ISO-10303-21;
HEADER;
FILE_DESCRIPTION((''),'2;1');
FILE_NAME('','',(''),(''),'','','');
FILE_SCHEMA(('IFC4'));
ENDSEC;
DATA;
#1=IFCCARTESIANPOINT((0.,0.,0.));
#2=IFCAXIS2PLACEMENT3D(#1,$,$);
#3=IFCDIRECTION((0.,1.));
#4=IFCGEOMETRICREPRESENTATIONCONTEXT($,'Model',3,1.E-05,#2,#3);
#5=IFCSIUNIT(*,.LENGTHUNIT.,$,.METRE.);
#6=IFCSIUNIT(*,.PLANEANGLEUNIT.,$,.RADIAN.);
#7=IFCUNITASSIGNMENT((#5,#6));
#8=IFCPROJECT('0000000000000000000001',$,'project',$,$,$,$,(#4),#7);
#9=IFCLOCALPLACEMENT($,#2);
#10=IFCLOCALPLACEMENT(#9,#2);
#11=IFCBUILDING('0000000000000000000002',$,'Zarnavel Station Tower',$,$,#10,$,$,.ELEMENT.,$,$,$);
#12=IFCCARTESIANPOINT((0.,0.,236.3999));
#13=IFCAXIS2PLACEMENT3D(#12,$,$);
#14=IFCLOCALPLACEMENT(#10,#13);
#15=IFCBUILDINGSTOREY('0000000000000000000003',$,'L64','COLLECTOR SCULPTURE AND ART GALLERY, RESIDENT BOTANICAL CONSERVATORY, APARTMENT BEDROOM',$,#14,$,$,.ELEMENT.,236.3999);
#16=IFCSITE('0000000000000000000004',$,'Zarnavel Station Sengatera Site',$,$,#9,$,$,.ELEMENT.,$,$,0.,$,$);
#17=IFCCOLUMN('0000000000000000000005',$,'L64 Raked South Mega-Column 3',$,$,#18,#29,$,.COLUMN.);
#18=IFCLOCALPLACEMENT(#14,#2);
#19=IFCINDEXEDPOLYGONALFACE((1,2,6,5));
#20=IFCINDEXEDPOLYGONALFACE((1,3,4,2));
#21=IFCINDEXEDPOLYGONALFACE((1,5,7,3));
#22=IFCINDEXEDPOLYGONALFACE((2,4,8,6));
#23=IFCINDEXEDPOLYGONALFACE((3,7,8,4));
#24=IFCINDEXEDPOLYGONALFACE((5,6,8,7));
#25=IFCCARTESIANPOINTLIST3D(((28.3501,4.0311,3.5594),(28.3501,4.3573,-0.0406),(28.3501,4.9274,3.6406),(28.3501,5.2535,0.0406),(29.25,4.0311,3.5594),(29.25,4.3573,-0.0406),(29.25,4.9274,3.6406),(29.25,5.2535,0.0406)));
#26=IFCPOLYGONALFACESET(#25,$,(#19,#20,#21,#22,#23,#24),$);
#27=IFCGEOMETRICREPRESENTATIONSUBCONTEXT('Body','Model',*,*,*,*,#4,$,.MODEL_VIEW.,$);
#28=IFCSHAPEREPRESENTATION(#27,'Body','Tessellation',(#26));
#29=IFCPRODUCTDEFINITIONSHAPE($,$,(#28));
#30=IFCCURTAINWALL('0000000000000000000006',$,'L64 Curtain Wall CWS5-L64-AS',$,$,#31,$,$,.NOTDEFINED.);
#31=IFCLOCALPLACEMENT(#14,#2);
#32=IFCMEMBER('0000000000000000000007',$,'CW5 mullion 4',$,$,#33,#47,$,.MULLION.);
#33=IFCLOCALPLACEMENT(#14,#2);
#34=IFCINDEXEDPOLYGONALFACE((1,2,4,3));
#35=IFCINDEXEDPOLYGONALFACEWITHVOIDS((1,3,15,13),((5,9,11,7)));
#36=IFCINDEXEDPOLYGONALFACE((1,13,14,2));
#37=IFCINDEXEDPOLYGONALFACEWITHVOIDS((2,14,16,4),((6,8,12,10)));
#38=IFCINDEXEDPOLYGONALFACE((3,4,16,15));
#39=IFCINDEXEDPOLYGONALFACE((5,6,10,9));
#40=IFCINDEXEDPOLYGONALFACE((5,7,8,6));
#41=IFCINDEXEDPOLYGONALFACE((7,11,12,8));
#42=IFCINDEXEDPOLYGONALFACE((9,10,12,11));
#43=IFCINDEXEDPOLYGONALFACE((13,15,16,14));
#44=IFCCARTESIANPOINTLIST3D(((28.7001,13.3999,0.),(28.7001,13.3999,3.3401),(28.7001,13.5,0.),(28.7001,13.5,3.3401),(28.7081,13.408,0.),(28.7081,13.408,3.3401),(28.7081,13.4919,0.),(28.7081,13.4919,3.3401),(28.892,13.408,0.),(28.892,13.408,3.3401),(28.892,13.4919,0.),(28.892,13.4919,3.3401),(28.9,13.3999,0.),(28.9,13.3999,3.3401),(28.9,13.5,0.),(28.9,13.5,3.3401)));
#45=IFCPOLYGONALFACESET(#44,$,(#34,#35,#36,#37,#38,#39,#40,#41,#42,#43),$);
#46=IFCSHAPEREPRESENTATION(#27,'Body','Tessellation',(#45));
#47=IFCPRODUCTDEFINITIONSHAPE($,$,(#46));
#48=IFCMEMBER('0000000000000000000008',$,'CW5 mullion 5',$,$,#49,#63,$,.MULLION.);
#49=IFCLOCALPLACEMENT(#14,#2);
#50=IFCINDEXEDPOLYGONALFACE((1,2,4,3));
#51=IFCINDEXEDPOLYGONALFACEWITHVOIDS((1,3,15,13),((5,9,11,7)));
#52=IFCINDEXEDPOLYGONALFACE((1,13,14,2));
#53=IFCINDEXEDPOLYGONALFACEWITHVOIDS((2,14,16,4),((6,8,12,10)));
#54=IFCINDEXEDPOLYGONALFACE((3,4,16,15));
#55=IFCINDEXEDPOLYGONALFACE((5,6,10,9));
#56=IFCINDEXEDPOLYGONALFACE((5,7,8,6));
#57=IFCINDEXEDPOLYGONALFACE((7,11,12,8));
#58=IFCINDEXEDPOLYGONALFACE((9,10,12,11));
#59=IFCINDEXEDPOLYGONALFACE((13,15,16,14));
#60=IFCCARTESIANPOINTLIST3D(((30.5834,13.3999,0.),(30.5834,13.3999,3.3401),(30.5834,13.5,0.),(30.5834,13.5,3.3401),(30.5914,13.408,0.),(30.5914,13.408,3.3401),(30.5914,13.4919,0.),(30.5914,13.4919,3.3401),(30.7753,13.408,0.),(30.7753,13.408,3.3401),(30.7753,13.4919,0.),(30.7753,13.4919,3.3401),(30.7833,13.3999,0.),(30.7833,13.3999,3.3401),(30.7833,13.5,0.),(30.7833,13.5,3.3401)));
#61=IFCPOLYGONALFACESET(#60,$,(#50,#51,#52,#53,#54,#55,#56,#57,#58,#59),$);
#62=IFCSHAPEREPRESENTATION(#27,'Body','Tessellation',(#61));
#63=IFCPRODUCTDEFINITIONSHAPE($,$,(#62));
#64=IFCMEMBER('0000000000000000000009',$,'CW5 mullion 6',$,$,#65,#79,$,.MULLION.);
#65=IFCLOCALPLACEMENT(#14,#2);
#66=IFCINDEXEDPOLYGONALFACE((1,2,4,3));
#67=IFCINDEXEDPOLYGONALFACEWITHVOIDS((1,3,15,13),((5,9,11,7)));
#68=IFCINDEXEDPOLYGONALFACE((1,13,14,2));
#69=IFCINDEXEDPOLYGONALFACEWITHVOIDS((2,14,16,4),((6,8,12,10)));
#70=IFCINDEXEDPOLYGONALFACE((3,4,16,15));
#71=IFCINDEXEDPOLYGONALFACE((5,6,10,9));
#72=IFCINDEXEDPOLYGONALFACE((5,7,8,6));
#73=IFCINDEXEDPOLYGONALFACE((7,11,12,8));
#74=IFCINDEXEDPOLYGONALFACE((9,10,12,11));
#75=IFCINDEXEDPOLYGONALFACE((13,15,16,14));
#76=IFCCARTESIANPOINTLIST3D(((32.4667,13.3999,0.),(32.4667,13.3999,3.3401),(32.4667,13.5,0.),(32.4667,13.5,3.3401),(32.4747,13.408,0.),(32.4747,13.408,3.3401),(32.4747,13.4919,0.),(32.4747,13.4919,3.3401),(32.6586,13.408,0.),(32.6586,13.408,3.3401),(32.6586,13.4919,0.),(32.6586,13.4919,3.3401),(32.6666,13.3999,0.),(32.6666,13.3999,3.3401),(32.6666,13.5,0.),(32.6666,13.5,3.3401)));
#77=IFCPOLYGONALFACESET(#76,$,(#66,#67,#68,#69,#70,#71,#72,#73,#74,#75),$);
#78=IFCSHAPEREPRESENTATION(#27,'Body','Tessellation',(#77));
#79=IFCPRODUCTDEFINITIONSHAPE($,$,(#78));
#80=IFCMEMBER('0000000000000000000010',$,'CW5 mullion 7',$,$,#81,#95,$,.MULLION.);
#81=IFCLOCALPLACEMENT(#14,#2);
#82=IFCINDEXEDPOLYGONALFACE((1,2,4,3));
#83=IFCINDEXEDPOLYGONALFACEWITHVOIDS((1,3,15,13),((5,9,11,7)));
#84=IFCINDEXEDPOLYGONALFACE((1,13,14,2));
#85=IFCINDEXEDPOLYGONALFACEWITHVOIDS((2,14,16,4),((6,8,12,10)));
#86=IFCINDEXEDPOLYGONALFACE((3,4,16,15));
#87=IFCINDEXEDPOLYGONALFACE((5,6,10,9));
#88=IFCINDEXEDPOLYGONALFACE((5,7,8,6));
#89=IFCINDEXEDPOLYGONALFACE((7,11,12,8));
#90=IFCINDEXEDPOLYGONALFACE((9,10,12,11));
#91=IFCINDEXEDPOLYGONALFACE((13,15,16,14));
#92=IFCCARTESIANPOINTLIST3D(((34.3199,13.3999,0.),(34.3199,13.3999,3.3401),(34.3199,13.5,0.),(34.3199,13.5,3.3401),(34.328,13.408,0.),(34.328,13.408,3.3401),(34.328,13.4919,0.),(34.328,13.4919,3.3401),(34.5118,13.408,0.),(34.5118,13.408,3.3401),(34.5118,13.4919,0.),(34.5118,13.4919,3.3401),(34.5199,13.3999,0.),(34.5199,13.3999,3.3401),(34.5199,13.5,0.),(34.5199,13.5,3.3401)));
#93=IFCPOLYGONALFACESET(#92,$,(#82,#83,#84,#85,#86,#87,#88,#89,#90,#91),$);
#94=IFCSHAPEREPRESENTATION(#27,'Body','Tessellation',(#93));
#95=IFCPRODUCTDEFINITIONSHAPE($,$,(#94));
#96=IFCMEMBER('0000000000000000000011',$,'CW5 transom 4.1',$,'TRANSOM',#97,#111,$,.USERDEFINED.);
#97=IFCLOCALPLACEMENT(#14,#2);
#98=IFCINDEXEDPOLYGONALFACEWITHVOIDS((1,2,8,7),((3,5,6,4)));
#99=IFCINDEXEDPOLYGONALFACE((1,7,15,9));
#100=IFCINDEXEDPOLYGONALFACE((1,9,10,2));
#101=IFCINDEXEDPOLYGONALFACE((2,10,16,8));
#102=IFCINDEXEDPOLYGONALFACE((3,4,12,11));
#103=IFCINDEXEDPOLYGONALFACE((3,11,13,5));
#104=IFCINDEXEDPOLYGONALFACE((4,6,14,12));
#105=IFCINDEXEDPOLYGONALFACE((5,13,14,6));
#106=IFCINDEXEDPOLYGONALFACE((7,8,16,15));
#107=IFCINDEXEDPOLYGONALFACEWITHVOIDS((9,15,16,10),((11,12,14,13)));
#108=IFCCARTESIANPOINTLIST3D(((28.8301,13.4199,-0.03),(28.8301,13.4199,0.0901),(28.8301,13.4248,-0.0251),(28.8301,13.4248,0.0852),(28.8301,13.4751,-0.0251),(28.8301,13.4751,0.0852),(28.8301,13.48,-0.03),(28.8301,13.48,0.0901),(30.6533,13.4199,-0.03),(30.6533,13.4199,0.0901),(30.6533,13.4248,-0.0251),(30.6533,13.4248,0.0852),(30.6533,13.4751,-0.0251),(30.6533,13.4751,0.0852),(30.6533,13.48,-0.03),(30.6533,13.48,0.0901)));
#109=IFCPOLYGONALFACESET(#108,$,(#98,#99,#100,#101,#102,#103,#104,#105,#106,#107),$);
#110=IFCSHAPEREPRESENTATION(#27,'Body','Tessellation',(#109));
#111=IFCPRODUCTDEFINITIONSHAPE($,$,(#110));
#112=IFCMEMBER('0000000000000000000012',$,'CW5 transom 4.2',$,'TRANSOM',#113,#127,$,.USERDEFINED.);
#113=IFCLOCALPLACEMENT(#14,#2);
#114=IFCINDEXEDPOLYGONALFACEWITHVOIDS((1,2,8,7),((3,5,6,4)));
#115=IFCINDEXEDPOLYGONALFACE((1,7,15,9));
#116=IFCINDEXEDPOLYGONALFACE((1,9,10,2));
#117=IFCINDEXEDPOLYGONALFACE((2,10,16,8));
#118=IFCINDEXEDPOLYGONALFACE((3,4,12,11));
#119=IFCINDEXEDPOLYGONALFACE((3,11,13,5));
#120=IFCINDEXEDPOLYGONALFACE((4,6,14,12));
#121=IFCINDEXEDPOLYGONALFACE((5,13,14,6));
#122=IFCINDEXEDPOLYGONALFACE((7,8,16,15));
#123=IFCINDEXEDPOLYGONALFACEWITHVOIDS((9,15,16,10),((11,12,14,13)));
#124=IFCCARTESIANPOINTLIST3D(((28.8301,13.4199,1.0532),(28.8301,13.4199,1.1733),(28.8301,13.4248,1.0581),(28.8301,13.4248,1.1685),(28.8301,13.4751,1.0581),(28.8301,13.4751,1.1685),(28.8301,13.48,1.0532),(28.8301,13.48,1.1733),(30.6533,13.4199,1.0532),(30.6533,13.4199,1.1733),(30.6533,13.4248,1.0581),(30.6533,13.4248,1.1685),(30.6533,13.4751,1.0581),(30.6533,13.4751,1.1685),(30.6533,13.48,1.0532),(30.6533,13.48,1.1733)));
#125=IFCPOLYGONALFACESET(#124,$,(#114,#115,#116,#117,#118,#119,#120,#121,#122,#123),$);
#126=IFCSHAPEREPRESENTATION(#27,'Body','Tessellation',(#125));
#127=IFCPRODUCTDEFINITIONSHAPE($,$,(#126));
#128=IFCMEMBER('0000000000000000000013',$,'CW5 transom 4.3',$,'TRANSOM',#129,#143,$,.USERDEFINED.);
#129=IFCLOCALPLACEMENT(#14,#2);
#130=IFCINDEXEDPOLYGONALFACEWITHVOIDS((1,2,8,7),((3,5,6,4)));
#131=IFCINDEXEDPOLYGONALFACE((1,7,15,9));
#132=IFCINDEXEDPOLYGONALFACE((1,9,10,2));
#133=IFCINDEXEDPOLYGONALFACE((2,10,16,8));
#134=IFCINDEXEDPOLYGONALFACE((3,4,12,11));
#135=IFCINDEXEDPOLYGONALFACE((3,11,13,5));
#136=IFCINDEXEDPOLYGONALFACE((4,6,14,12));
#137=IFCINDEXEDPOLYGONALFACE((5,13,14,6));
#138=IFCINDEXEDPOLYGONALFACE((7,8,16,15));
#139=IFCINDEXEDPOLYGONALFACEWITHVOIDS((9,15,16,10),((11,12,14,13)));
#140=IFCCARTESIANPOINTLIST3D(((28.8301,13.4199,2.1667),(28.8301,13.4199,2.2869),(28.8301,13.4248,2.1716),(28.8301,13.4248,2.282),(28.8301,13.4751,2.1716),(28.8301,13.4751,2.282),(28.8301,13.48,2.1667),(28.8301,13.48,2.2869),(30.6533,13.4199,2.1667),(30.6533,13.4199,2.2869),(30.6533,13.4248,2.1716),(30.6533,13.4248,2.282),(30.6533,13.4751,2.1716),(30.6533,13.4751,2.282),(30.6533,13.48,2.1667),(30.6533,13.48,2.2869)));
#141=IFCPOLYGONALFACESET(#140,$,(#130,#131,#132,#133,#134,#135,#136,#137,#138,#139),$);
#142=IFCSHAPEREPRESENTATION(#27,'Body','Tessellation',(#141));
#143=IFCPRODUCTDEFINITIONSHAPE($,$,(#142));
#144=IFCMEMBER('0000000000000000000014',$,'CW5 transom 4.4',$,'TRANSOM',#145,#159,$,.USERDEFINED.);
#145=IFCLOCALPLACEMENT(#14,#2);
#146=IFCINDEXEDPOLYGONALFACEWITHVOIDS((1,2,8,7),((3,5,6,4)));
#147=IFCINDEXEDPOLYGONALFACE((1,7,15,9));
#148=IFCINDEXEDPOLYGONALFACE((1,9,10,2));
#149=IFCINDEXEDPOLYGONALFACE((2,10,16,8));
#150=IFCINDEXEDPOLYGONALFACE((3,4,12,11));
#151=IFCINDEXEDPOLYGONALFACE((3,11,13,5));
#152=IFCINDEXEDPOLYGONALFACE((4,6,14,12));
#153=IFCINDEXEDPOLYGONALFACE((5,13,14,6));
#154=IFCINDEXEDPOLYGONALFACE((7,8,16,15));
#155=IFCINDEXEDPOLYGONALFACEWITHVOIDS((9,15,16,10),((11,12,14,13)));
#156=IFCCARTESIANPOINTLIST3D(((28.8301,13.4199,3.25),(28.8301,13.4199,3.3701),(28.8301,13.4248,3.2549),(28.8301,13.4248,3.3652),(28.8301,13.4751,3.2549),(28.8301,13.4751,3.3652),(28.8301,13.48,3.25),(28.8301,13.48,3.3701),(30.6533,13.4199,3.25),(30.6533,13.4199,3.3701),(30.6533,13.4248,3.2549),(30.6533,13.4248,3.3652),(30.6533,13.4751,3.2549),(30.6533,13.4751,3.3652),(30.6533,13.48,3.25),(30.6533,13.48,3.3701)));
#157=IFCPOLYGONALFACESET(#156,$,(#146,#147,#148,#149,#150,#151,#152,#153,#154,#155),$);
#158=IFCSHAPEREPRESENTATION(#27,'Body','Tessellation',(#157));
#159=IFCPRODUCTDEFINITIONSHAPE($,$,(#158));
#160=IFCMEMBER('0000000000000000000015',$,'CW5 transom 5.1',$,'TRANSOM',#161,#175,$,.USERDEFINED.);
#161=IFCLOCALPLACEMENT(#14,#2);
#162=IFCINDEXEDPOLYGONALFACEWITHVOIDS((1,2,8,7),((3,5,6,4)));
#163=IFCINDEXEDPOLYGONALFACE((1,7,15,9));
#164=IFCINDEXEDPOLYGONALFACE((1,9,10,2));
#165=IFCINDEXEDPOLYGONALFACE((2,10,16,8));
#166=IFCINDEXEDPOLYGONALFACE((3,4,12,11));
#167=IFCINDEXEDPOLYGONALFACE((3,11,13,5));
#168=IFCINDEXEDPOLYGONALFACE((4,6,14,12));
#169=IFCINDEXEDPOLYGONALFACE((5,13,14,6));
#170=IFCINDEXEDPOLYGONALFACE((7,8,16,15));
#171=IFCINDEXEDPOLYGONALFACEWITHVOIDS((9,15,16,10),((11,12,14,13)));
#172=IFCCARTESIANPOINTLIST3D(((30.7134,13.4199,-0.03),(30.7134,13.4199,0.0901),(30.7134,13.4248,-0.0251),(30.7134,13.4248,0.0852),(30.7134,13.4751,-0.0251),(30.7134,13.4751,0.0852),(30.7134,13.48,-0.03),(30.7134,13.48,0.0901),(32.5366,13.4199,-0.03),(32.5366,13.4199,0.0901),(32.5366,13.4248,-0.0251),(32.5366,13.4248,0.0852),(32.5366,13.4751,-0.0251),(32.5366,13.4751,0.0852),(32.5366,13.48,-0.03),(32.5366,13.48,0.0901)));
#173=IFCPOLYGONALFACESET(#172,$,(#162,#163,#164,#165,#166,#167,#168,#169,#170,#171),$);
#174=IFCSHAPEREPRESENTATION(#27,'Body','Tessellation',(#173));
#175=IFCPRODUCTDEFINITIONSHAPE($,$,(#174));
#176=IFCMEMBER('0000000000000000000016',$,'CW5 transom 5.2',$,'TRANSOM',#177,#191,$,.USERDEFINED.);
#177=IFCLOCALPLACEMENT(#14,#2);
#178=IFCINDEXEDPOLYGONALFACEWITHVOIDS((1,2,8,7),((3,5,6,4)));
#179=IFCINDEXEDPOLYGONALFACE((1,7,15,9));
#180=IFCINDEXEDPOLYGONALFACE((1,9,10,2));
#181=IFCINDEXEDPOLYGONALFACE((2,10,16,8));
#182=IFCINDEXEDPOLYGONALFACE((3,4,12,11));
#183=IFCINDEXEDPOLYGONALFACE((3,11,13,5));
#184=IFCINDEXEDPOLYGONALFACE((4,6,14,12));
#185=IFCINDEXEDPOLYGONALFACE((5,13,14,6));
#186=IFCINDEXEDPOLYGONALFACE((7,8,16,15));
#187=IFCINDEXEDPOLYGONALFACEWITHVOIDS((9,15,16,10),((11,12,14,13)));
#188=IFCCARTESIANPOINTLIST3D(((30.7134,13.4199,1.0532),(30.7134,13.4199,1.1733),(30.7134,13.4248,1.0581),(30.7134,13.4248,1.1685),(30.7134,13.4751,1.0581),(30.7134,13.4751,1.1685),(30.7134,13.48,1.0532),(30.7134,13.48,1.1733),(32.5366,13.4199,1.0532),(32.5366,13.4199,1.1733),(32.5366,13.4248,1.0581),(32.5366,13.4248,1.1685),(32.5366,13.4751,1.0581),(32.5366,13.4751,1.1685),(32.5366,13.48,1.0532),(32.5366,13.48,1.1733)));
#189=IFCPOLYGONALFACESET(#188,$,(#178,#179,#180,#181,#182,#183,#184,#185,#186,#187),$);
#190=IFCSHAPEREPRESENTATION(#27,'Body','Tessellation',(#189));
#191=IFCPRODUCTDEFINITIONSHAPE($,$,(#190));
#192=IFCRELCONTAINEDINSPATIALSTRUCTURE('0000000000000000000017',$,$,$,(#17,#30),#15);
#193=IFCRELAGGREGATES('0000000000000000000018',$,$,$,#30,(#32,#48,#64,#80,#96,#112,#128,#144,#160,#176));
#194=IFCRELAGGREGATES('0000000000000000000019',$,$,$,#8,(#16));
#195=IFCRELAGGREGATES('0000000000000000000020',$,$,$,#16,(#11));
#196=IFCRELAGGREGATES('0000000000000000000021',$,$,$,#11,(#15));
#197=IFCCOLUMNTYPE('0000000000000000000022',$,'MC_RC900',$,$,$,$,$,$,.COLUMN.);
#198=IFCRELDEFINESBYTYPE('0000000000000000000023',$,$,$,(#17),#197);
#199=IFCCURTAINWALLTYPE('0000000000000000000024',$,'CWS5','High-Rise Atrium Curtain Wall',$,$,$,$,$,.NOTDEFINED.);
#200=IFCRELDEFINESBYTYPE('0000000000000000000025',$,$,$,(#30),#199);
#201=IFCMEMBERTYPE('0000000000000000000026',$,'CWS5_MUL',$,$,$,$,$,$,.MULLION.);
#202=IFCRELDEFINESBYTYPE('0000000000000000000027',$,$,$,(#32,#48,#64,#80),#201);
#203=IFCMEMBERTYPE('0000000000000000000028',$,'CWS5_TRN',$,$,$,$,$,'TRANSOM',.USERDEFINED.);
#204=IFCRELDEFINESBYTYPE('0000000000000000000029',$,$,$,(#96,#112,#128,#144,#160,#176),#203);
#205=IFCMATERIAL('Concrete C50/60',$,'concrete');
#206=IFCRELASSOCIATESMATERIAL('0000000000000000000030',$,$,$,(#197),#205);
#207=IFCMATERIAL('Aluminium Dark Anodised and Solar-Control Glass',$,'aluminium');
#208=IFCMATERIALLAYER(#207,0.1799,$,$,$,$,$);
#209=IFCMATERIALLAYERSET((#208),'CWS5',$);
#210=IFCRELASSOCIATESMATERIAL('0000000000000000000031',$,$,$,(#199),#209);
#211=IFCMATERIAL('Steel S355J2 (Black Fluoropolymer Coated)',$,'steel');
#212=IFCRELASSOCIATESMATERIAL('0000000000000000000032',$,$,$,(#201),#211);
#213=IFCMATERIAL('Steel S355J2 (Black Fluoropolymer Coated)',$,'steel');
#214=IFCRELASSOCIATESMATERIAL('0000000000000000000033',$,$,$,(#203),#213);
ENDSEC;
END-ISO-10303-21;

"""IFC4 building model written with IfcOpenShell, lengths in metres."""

from ifc_helpers import new_model, si_unit, direction, frame, origin, origin_2d, place, context, subcontext, project, spatial, rectangle, hollow_rectangle, extrude, material, layer, layer_set, material_profile, profile_set, type_object, element, aggregate, save


model = new_model("IFC4")

# Units and contexts
model_context = context("Model", 3, precision=1e-05, world=origin(), true_north=direction((0.0, 1.0)))
body_context = subcontext(model_context, "Body", "Model", "MODEL_VIEW")
ifc_project = project(units=[si_unit("LENGTHUNIT", "METRE"), si_unit("PLANEANGLEUNIT", "RADIAN")], contexts=[model_context])

# Site, building, storey
site_placement = place(None, origin())
site = spatial("IfcSite", under=ifc_project, at=site_placement, Name="Zarnavel Station Sengatera Site", CompositionType="ELEMENT", RefElevation=0.0)
building_placement = place(site_placement, origin())
building = spatial("IfcBuilding", under=site, at=building_placement, Name="Zarnavel Station Tower", CompositionType="ELEMENT")
storey_placement = place(building_placement, frame((0.0, 0.0, 236.3999)))
storey = spatial("IfcBuildingStorey", under=building, at=storey_placement, Name="L64", Description="COLLECTOR SCULPTURE AND ART GALLERY, RESIDENT BOTANICAL CONSERVATORY, APARTMENT BEDROOM", CompositionType="ELEMENT", Elevation=236.3999)

# Column
ifc_material_1 = material(Name="Concrete C50/60", Category="concrete")
ifc_material_profile_1 = material_profile(ifc_material_1, rectangle(XDim=0.8999, YDim=0.8999, at=origin_2d()), Name="RC900x900")
ifc_profile_set_1 = profile_set([ifc_material_profile_1], Name="Concrete C50/60")
column_type = type_object("IfcColumnType", Name="MC_RC900", PredefinedType="COLUMN", material=ifc_profile_set_1)
column_placement = place(storey_placement, frame((28.8, 4.8054, 0.0), z_axis=(0.0, -0.090231, 0.995921), x_axis=(1.0, 0.0, 0.0)))
element("IfcColumn", 1, at=column_placement, inside=storey, type_object=column_type, Name="L64 Raked South Mega-Column 3", PredefinedType="COLUMN", context=body_context, shape_type="SweptSolid", body=[
    extrude(rectangle(XDim=0.8999, YDim=0.8999, at=origin_2d()), origin(), (0.0, 0.0, 1.0), 3.6147),
])

# Curtain wall, members
ifc_material_2 = material(Name="Aluminium Dark Anodised and Solar-Control Glass", Category="aluminium")
ifc_layer_1 = layer(ifc_material_2, 0.1799)
ifc_layer_set_1 = layer_set([ifc_layer_1], Name="CWS5")
curtain_wall_type = type_object("IfcCurtainWallType", Name="CWS5", Description="High-Rise Atrium Curtain Wall", PredefinedType="NOTDEFINED", material=ifc_layer_set_1)
curtain_wall_placement = place(storey_placement, origin())
curtain_wall = element("IfcCurtainWall", 2, at=curtain_wall_placement, inside=storey, type_object=curtain_wall_type, Name="L64 Curtain Wall CWS5-L64-AS", PredefinedType="NOTDEFINED")
ifc_material_3 = material(Name="Steel S355J2 (Black Fluoropolymer Coated)", Category="steel")
ifc_material_profile_2 = material_profile(ifc_material_3, hollow_rectangle(XDim=0.1001, YDim=0.2, WallThickness=0.0081, at=origin_2d()), Name="RHS200x100x8")
ifc_profile_set_2 = profile_set([ifc_material_profile_2], Name="Steel S355J2 (Black Fluoropolymer Coated)")
member_type_1 = type_object("IfcMemberType", Name="CWS5_MUL", PredefinedType="MULLION", material=ifc_profile_set_2)
member_1_placement = place(storey_placement, frame((28.8, 13.45, 0.0), z_axis=(0.0, 0.0, 1.0), x_axis=(0.0, 1.0, 0.0)))
member_1 = element("IfcMember", 3, at=member_1_placement, type_object=member_type_1, Name="CW5 mullion 4", PredefinedType="MULLION", context=body_context, shape_type="SweptSolid", body=[
    extrude(hollow_rectangle(XDim=0.1001, YDim=0.2, WallThickness=0.0081, at=origin_2d()), origin(), (0.0, 0.0, 1.0), 3.3401),
])
member_2_placement = place(storey_placement, frame((30.6833, 13.45, 0.0), z_axis=(0.0, 0.0, 1.0), x_axis=(0.0, 1.0, 0.0)))
member_2 = element("IfcMember", 4, at=member_2_placement, type_object=member_type_1, Name="CW5 mullion 5", PredefinedType="MULLION", context=body_context, shape_type="SweptSolid", body=[
    extrude(hollow_rectangle(XDim=0.1001, YDim=0.2, WallThickness=0.0081, at=origin_2d()), origin(), (0.0, 0.0, 1.0), 3.3401),
])
member_3_placement = place(storey_placement, frame((32.5667, 13.45, 0.0), z_axis=(0.0, 0.0, 1.0), x_axis=(0.0, 1.0, 0.0)))
member_3 = element("IfcMember", 5, at=member_3_placement, type_object=member_type_1, Name="CW5 mullion 6", PredefinedType="MULLION", context=body_context, shape_type="SweptSolid", body=[
    extrude(hollow_rectangle(XDim=0.1001, YDim=0.2, WallThickness=0.0081, at=origin_2d()), origin(), (0.0, 0.0, 1.0), 3.3401),
])
member_4_placement = place(storey_placement, frame((34.4199, 13.45, 0.0), z_axis=(0.0, 0.0, 1.0), x_axis=(0.0, 1.0, 0.0)))
member_4 = element("IfcMember", 6, at=member_4_placement, type_object=member_type_1, Name="CW5 mullion 7", PredefinedType="MULLION", context=body_context, shape_type="SweptSolid", body=[
    extrude(hollow_rectangle(XDim=0.1001, YDim=0.2, WallThickness=0.0081, at=origin_2d()), origin(), (0.0, 0.0, 1.0), 3.3401),
])
ifc_material_4 = material(Name="Steel S355J2 (Black Fluoropolymer Coated)", Category="steel")
ifc_material_profile_3 = material_profile(ifc_material_4, hollow_rectangle(XDim=0.0601, YDim=0.1201, WallThickness=0.0049, at=origin_2d()), Name="RHS120x60x5")
ifc_profile_set_3 = profile_set([ifc_material_profile_3], Name="Steel S355J2 (Black Fluoropolymer Coated)")
member_type_2 = type_object("IfcMemberType", Name="CWS5_TRN", ElementType="TRANSOM", PredefinedType="USERDEFINED", material=ifc_profile_set_3)
member_5_placement = place(storey_placement, frame((28.8301, 13.45, 0.03), z_axis=(1.0, 0.0, 0.0), x_axis=(0.0, 1.0, 0.0)))
member_5 = element("IfcMember", 7, at=member_5_placement, type_object=member_type_2, Name="CW5 transom 4.1", ObjectType="TRANSOM", PredefinedType="USERDEFINED", context=body_context, shape_type="SweptSolid", body=[
    extrude(hollow_rectangle(XDim=0.0601, YDim=0.1201, WallThickness=0.0049, at=origin_2d()), origin(), (0.0, 0.0, 1.0), 1.8232),
])
member_6_placement = place(storey_placement, frame((28.8301, 13.45, 1.1133), z_axis=(1.0, 0.0, 0.0), x_axis=(0.0, 1.0, 0.0)))
member_6 = element("IfcMember", 8, at=member_6_placement, type_object=member_type_2, Name="CW5 transom 4.2", ObjectType="TRANSOM", PredefinedType="USERDEFINED", context=body_context, shape_type="SweptSolid", body=[
    extrude(hollow_rectangle(XDim=0.0601, YDim=0.1201, WallThickness=0.0049, at=origin_2d()), origin(), (0.0, 0.0, 1.0), 1.8232),
])
member_7_placement = place(storey_placement, frame((28.8301, 13.45, 2.2268), z_axis=(1.0, 0.0, 0.0), x_axis=(0.0, 1.0, 0.0)))
member_7 = element("IfcMember", 9, at=member_7_placement, type_object=member_type_2, Name="CW5 transom 4.3", ObjectType="TRANSOM", PredefinedType="USERDEFINED", context=body_context, shape_type="SweptSolid", body=[
    extrude(hollow_rectangle(XDim=0.0601, YDim=0.1201, WallThickness=0.0049, at=origin_2d()), origin(), (0.0, 0.0, 1.0), 1.8232),
])
member_8_placement = place(storey_placement, frame((28.8301, 13.45, 3.3101), z_axis=(1.0, 0.0, 0.0), x_axis=(0.0, 1.0, 0.0)))
member_8 = element("IfcMember", 10, at=member_8_placement, type_object=member_type_2, Name="CW5 transom 4.4", ObjectType="TRANSOM", PredefinedType="USERDEFINED", context=body_context, shape_type="SweptSolid", body=[
    extrude(hollow_rectangle(XDim=0.0601, YDim=0.1201, WallThickness=0.0049, at=origin_2d()), origin(), (0.0, 0.0, 1.0), 1.8232),
])
member_9_placement = place(storey_placement, frame((30.7134, 13.45, 0.03), z_axis=(1.0, 0.0, 0.0), x_axis=(0.0, 1.0, 0.0)))
member_9 = element("IfcMember", 11, at=member_9_placement, type_object=member_type_2, Name="CW5 transom 5.1", ObjectType="TRANSOM", PredefinedType="USERDEFINED", context=body_context, shape_type="SweptSolid", body=[
    extrude(hollow_rectangle(XDim=0.0601, YDim=0.1201, WallThickness=0.0049, at=origin_2d()), origin(), (0.0, 0.0, 1.0), 1.8232),
])
member_10_placement = place(storey_placement, frame((30.7134, 13.45, 1.1133), z_axis=(1.0, 0.0, 0.0), x_axis=(0.0, 1.0, 0.0)))
member_10 = element("IfcMember", 12, at=member_10_placement, type_object=member_type_2, Name="CW5 transom 5.2", ObjectType="TRANSOM", PredefinedType="USERDEFINED", context=body_context, shape_type="SweptSolid", body=[
    extrude(hollow_rectangle(XDim=0.0601, YDim=0.1201, WallThickness=0.0049, at=origin_2d()), origin(), (0.0, 0.0, 1.0), 1.8232),
])

aggregate(curtain_wall, [member_1, member_2, member_3, member_4, member_5, member_6, member_7, member_8, member_9, member_10])

save(model, "model.ifc")
